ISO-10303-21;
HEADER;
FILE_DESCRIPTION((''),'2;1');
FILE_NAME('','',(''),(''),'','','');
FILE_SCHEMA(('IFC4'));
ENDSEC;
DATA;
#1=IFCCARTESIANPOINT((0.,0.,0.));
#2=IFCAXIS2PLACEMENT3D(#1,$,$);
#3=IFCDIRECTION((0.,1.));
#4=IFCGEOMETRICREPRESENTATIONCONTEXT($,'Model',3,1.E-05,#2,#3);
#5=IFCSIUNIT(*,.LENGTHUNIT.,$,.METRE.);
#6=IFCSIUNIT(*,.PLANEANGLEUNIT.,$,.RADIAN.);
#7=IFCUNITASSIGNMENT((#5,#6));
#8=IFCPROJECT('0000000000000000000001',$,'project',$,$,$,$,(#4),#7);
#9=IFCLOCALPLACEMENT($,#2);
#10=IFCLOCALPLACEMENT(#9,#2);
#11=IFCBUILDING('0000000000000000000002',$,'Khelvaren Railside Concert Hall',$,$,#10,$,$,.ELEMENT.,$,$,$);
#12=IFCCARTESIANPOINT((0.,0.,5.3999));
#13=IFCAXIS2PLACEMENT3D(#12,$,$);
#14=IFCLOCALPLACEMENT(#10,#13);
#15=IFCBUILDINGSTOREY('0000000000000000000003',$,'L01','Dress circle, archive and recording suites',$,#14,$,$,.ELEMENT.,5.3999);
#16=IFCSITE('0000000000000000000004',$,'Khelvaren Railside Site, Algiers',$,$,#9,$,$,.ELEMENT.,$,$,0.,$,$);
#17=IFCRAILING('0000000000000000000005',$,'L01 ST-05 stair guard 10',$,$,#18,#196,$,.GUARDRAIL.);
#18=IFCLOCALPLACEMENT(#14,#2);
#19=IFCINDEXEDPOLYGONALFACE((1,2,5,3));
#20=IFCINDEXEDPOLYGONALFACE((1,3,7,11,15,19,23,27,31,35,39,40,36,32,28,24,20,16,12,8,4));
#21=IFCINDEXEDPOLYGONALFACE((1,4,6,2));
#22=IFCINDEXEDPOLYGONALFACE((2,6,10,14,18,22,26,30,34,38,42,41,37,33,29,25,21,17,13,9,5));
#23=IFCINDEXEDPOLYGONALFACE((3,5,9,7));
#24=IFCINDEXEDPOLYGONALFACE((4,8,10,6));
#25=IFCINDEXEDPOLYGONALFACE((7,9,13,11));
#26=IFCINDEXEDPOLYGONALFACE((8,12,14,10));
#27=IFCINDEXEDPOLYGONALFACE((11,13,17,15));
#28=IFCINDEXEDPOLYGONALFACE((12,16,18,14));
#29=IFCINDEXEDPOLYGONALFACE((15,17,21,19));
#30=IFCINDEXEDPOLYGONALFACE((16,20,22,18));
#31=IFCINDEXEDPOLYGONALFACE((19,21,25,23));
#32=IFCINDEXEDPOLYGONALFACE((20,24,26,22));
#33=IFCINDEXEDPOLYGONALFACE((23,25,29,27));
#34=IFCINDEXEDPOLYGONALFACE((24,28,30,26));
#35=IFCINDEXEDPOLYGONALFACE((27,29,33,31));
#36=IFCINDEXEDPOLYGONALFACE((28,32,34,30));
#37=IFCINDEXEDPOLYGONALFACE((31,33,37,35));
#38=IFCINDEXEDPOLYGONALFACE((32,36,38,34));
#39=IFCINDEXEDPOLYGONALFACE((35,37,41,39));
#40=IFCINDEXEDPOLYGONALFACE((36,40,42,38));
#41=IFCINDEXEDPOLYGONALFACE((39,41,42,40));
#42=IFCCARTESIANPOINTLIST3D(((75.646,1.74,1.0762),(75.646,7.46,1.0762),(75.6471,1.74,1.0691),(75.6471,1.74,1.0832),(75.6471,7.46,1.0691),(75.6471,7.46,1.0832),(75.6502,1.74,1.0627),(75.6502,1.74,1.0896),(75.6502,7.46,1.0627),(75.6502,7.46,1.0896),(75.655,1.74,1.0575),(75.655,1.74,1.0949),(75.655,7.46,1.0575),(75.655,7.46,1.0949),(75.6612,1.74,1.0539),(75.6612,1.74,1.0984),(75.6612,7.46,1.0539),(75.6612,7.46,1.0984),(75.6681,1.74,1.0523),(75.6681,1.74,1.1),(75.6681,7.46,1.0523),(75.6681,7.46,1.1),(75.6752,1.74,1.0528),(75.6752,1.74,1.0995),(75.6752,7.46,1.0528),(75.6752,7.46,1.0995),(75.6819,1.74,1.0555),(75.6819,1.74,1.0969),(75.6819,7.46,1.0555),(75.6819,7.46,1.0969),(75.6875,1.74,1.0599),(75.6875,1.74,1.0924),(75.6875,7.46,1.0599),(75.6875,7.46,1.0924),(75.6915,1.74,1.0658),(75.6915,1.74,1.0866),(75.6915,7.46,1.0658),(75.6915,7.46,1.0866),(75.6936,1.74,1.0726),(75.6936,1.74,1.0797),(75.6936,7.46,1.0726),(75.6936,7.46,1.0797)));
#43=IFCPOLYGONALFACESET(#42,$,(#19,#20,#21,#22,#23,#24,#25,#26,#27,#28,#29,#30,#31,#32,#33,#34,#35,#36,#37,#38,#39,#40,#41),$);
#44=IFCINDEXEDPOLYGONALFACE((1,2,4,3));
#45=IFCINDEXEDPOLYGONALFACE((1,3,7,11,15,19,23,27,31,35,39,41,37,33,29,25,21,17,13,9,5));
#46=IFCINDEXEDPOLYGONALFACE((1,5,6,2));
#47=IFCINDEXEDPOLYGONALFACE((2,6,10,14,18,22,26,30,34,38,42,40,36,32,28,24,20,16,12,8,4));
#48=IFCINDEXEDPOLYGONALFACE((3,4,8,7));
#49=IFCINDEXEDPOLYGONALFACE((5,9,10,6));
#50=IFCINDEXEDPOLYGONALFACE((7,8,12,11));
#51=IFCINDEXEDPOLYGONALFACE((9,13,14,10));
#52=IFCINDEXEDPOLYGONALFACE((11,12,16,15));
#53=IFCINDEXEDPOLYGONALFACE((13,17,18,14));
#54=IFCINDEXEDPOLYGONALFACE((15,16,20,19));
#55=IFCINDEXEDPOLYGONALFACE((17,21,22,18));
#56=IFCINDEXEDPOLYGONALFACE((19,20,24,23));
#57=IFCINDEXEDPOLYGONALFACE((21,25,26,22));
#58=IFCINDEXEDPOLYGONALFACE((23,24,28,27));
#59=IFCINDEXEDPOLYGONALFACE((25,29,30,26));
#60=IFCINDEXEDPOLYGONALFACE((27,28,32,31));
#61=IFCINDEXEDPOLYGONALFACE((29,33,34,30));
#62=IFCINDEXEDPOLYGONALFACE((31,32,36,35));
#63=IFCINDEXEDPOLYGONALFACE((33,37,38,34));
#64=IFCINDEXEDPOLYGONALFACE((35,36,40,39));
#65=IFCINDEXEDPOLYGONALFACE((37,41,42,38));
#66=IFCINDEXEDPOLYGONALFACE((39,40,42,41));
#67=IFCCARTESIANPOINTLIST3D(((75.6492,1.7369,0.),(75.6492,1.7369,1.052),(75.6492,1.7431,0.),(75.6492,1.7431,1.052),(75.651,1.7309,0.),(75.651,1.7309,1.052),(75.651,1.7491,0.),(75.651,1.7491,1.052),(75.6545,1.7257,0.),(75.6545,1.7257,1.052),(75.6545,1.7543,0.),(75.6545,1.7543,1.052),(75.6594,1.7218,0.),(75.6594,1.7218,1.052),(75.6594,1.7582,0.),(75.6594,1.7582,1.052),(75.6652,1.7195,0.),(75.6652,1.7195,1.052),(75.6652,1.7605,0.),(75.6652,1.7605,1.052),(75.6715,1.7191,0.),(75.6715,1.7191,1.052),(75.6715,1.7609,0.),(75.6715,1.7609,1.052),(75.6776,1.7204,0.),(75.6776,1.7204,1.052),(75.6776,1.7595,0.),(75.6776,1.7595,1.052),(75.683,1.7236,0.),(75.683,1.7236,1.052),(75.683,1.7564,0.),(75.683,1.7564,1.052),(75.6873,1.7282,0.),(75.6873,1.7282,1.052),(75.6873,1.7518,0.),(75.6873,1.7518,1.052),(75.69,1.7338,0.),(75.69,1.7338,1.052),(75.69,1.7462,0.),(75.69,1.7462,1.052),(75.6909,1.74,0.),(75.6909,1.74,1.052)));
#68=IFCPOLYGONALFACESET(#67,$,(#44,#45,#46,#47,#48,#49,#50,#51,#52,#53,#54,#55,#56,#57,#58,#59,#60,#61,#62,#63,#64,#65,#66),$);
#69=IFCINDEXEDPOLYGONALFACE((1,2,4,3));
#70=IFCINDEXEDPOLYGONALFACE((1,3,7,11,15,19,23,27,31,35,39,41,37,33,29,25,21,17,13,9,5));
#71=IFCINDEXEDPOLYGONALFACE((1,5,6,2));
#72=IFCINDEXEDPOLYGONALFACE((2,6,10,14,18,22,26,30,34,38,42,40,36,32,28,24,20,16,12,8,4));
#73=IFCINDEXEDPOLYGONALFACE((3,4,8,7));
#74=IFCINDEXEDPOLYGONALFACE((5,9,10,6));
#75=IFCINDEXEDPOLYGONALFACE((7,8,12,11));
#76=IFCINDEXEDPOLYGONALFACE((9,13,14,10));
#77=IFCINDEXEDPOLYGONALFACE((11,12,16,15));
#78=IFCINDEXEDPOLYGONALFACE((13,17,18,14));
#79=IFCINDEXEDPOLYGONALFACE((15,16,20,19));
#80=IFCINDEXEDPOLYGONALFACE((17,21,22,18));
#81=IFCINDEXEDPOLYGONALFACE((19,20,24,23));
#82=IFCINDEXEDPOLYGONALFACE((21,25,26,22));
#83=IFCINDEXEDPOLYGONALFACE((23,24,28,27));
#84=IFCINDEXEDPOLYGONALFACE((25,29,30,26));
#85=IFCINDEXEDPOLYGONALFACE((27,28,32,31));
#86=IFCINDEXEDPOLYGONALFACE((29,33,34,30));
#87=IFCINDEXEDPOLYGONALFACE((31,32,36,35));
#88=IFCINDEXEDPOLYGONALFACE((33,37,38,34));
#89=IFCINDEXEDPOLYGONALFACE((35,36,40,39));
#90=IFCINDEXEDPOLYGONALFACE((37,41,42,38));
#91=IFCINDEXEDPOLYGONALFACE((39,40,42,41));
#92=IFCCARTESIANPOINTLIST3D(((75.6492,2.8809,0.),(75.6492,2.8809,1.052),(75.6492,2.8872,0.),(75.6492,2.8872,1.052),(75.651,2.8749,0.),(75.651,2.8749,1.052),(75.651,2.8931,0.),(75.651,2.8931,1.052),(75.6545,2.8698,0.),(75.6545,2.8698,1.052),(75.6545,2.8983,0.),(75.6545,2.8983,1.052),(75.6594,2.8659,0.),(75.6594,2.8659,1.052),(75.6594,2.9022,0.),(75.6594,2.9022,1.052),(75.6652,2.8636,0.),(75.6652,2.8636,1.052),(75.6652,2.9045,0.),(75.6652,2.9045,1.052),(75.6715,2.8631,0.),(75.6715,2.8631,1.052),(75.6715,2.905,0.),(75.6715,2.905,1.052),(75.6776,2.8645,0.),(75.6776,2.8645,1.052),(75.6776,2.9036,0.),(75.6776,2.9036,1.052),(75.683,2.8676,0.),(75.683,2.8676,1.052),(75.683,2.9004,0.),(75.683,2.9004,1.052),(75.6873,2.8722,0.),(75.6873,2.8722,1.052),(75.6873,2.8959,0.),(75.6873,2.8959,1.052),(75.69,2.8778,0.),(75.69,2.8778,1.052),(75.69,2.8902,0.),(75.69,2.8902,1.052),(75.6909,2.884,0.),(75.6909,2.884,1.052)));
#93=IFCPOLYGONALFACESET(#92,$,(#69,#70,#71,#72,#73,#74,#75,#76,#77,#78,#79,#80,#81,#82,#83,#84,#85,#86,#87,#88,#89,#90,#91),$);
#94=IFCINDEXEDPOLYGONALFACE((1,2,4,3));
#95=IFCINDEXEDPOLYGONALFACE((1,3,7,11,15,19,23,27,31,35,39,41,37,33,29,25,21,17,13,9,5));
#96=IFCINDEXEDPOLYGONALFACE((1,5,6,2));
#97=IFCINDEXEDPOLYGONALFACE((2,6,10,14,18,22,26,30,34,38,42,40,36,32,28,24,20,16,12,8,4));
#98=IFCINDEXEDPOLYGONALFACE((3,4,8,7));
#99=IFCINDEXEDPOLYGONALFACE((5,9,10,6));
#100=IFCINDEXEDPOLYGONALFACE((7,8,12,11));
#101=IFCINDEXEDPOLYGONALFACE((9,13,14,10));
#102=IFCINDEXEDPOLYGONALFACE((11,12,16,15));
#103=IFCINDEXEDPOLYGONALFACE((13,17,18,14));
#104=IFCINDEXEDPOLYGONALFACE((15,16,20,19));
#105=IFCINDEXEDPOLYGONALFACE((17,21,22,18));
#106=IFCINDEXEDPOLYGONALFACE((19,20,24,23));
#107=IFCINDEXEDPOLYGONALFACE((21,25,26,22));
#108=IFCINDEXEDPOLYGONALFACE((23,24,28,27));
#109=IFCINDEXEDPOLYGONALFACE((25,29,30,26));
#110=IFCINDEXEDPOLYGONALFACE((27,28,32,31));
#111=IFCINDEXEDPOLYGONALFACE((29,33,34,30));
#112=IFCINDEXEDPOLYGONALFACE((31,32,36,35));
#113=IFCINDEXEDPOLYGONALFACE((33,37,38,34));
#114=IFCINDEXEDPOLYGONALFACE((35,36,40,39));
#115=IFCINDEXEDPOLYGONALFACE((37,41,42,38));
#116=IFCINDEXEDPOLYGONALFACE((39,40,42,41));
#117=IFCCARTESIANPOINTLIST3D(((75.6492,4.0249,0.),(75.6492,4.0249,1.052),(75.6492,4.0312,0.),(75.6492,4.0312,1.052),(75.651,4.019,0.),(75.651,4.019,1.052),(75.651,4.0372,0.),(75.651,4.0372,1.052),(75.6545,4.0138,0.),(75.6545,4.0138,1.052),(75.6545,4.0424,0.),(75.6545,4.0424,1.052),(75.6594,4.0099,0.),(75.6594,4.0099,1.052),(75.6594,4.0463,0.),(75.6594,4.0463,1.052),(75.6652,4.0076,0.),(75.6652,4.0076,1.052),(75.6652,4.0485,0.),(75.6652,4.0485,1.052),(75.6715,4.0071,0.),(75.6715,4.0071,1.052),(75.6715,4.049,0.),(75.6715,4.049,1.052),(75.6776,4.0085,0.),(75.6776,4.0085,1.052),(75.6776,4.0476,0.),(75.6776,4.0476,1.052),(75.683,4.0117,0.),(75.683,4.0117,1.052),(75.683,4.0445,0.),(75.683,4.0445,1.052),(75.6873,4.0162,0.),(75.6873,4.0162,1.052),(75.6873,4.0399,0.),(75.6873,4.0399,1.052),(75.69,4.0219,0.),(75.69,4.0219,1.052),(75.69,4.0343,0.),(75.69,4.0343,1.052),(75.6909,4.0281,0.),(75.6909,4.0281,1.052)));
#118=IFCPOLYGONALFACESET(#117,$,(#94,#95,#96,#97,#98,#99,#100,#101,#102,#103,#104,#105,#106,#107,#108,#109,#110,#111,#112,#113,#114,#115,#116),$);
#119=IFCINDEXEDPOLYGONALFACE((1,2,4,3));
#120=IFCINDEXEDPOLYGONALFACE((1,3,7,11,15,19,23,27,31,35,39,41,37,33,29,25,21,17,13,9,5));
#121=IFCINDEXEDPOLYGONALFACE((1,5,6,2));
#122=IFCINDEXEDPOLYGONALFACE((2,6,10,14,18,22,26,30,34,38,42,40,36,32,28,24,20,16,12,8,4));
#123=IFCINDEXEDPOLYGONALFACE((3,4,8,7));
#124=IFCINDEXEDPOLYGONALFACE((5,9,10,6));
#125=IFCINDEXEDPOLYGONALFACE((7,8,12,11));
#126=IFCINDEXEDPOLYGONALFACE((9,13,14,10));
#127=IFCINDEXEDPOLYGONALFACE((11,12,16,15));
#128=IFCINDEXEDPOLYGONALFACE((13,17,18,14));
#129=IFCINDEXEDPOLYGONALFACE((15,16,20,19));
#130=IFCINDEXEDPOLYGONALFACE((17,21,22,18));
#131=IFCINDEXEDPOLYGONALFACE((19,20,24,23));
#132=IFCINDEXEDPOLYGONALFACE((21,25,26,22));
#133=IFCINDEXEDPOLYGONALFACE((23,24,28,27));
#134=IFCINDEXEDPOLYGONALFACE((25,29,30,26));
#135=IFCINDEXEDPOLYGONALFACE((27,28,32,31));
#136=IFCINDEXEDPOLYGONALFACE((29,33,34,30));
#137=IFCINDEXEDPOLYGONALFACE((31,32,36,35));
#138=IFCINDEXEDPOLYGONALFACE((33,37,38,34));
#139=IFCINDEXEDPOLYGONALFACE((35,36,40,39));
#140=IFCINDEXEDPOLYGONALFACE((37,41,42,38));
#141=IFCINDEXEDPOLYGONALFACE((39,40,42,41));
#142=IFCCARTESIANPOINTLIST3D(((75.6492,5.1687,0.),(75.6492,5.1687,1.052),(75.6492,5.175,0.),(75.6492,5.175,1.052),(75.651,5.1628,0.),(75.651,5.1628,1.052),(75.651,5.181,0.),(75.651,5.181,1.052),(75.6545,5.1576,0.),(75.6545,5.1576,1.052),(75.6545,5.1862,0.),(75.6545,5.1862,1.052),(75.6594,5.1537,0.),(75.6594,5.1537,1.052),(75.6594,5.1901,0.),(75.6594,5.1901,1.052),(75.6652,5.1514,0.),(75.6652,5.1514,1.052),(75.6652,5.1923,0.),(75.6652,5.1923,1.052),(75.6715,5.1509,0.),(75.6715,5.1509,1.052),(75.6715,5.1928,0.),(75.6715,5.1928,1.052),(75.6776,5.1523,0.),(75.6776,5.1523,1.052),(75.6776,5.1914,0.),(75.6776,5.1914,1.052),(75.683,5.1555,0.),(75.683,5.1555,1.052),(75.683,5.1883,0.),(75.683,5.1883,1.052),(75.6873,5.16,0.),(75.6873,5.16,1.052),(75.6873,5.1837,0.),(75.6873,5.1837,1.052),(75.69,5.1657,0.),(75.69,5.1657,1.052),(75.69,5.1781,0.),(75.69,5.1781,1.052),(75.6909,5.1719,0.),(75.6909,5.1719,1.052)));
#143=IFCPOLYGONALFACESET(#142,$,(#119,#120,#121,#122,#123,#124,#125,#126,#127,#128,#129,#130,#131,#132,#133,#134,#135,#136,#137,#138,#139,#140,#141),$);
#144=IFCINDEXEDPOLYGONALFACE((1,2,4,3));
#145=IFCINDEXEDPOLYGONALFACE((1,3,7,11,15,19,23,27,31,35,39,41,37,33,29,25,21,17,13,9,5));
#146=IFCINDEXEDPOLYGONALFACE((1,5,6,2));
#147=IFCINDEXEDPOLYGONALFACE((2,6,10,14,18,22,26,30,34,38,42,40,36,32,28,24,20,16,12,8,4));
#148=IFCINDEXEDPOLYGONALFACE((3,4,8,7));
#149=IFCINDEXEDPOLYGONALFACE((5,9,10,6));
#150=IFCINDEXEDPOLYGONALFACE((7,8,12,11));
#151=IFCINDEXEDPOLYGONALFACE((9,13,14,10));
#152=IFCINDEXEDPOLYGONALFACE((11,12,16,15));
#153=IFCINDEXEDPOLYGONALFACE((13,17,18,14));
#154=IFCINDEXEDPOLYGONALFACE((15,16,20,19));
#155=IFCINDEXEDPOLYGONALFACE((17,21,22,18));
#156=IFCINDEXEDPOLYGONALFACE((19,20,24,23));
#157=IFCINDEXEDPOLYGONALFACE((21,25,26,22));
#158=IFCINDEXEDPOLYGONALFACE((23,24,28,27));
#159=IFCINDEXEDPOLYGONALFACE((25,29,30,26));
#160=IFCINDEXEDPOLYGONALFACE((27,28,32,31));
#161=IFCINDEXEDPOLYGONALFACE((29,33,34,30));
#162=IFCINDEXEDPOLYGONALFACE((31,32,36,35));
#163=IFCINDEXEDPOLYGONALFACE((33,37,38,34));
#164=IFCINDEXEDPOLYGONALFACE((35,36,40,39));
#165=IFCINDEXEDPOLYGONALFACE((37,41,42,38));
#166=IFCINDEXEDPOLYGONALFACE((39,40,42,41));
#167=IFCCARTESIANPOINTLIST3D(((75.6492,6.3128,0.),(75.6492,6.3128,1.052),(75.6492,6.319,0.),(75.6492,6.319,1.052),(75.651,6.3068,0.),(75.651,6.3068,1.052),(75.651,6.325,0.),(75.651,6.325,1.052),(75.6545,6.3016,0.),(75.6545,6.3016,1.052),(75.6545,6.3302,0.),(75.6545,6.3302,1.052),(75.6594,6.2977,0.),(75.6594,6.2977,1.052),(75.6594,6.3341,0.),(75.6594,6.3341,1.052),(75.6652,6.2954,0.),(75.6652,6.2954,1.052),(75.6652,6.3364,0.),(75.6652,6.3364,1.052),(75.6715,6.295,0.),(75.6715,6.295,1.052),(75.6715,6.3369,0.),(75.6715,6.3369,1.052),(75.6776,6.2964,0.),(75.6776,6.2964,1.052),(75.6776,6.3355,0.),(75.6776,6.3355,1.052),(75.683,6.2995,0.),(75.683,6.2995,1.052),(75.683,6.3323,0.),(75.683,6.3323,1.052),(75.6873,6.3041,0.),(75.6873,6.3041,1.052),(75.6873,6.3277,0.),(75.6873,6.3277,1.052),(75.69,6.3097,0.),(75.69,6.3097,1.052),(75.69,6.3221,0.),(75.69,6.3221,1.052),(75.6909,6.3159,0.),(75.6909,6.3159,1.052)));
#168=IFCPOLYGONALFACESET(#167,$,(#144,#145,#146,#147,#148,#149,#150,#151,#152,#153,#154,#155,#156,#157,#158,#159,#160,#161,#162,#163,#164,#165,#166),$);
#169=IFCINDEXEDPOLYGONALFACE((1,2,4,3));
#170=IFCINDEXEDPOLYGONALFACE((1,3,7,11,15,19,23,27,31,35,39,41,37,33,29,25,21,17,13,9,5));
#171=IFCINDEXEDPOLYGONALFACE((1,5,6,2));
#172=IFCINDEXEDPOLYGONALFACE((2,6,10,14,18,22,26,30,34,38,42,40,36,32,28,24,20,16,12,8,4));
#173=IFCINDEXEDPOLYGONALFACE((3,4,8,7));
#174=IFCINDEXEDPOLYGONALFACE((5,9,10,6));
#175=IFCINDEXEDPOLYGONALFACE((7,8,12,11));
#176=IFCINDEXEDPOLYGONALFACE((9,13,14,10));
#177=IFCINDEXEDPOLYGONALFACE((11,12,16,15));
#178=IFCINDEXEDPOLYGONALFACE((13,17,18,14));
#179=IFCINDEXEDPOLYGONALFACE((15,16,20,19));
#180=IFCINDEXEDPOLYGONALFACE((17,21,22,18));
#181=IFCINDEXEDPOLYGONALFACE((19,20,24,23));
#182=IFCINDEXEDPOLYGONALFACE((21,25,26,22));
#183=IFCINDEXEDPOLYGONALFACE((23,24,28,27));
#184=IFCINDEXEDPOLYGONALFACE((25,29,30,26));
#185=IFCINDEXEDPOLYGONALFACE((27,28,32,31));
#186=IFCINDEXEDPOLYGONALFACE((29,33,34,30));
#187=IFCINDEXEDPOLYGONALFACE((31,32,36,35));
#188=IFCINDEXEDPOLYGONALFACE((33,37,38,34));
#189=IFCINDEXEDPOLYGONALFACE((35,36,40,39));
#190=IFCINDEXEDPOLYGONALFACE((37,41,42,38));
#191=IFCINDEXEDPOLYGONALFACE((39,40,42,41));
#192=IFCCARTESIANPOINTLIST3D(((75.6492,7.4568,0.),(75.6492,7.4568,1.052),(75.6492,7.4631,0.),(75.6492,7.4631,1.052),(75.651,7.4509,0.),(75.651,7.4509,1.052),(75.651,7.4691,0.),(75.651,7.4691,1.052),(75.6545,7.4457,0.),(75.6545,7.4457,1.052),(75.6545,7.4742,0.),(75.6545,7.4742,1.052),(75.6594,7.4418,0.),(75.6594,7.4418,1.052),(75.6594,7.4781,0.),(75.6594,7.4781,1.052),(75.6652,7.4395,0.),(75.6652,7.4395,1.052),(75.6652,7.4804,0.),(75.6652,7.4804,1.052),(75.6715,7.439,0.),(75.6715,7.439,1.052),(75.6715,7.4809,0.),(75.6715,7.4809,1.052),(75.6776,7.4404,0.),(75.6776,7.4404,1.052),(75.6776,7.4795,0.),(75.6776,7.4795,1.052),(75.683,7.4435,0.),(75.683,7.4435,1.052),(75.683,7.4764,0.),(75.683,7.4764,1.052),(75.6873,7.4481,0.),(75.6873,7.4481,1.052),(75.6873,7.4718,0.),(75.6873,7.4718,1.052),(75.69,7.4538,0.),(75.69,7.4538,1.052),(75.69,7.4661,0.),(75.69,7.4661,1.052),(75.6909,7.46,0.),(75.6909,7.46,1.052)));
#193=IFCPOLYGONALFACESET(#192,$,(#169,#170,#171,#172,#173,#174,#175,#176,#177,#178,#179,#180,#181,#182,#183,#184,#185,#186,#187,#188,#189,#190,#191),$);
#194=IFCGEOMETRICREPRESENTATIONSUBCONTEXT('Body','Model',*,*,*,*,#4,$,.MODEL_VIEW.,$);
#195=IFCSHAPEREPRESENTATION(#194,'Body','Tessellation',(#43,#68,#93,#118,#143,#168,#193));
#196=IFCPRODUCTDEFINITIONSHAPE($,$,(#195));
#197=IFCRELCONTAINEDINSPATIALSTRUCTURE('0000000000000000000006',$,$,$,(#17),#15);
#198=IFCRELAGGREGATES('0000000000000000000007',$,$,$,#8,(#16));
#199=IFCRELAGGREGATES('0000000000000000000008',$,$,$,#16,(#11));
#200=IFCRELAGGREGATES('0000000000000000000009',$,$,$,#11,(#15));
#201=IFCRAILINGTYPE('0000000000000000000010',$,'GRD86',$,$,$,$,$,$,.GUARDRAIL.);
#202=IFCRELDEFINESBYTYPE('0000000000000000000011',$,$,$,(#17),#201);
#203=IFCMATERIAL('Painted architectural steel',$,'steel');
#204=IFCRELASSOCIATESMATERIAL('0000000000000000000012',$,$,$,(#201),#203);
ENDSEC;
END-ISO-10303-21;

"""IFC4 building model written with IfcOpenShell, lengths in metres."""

from ifc_helpers import new_model, si_unit, direction, frame, origin, origin_2d, place, context, subcontext, project, spatial, circle, extrude, material, type_object, element, save


model = new_model("IFC4")

# Units and contexts
model_context = context("Model", 3, precision=1e-05, world=origin(), true_north=direction((0.0, 1.0)))
body_context = subcontext(model_context, "Body", "Model", "MODEL_VIEW")
ifc_project = project(units=[si_unit("LENGTHUNIT", "METRE"), si_unit("PLANEANGLEUNIT", "RADIAN")], contexts=[model_context])

# Site, building, storey
site_placement = place(None, origin())
site = spatial("IfcSite", under=ifc_project, at=site_placement, Name="Khelvaren Railside Site, Algiers", CompositionType="ELEMENT", RefElevation=0.0)
building_placement = place(site_placement, origin())
building = spatial("IfcBuilding", under=site, at=building_placement, Name="Khelvaren Railside Concert Hall", CompositionType="ELEMENT")
storey_placement = place(building_placement, frame((0.0, 0.0, 5.3999)))
storey = spatial("IfcBuildingStorey", under=building, at=storey_placement, Name="L01", Description="Dress circle, archive and recording suites", CompositionType="ELEMENT", Elevation=5.3999)

# Railing
ifc_material_1 = material(Name="Painted architectural steel", Category="steel")
railing_type_1 = type_object("IfcRailingType", Name="GRD86", PredefinedType="GUARDRAIL", material=ifc_material_1)
for number, where, name in (
    (1, (75.6699, 1.74, 0.0), "L01 ST-05 stair guard 10"),
):
    element("IfcRailing", number, at=place(storey_placement, frame(where)), inside=storey, type_object=railing_type_1, Name=name, PredefinedType="GUARDRAIL", context=body_context, shape_type="SweptSolid", body=[
        extrude(circle(Radius=0.0239, at=origin_2d()), frame((0.0, 0.0, 1.0762), z_axis=(0.0, 1.0, 0.0), x_axis=(-1.0, 0.0, 0.0)), (0.0, 0.0, 1.0), 5.72),
        extrude(circle(Radius=0.021, at=origin_2d()), origin(), (0.0, 0.0, 1.0), 1.052),
        extrude(circle(Radius=0.021, at=origin_2d()), frame((0.0, 1.144, 0.0)), (0.0, 0.0, 1.0), 1.052),
        extrude(circle(Radius=0.021, at=origin_2d()), frame((0.0, 2.2881, 0.0)), (0.0, 0.0, 1.0), 1.052),
        extrude(circle(Radius=0.021, at=origin_2d()), frame((0.0, 3.4319, 0.0)), (0.0, 0.0, 1.0), 1.052),
        extrude(circle(Radius=0.021, at=origin_2d()), frame((0.0, 4.5759, 0.0)), (0.0, 0.0, 1.0), 1.052),
        extrude(circle(Radius=0.021, at=origin_2d()), frame((0.0, 5.72, 0.0)), (0.0, 0.0, 1.0), 1.052),
    ])

save(model, "model.ifc")
